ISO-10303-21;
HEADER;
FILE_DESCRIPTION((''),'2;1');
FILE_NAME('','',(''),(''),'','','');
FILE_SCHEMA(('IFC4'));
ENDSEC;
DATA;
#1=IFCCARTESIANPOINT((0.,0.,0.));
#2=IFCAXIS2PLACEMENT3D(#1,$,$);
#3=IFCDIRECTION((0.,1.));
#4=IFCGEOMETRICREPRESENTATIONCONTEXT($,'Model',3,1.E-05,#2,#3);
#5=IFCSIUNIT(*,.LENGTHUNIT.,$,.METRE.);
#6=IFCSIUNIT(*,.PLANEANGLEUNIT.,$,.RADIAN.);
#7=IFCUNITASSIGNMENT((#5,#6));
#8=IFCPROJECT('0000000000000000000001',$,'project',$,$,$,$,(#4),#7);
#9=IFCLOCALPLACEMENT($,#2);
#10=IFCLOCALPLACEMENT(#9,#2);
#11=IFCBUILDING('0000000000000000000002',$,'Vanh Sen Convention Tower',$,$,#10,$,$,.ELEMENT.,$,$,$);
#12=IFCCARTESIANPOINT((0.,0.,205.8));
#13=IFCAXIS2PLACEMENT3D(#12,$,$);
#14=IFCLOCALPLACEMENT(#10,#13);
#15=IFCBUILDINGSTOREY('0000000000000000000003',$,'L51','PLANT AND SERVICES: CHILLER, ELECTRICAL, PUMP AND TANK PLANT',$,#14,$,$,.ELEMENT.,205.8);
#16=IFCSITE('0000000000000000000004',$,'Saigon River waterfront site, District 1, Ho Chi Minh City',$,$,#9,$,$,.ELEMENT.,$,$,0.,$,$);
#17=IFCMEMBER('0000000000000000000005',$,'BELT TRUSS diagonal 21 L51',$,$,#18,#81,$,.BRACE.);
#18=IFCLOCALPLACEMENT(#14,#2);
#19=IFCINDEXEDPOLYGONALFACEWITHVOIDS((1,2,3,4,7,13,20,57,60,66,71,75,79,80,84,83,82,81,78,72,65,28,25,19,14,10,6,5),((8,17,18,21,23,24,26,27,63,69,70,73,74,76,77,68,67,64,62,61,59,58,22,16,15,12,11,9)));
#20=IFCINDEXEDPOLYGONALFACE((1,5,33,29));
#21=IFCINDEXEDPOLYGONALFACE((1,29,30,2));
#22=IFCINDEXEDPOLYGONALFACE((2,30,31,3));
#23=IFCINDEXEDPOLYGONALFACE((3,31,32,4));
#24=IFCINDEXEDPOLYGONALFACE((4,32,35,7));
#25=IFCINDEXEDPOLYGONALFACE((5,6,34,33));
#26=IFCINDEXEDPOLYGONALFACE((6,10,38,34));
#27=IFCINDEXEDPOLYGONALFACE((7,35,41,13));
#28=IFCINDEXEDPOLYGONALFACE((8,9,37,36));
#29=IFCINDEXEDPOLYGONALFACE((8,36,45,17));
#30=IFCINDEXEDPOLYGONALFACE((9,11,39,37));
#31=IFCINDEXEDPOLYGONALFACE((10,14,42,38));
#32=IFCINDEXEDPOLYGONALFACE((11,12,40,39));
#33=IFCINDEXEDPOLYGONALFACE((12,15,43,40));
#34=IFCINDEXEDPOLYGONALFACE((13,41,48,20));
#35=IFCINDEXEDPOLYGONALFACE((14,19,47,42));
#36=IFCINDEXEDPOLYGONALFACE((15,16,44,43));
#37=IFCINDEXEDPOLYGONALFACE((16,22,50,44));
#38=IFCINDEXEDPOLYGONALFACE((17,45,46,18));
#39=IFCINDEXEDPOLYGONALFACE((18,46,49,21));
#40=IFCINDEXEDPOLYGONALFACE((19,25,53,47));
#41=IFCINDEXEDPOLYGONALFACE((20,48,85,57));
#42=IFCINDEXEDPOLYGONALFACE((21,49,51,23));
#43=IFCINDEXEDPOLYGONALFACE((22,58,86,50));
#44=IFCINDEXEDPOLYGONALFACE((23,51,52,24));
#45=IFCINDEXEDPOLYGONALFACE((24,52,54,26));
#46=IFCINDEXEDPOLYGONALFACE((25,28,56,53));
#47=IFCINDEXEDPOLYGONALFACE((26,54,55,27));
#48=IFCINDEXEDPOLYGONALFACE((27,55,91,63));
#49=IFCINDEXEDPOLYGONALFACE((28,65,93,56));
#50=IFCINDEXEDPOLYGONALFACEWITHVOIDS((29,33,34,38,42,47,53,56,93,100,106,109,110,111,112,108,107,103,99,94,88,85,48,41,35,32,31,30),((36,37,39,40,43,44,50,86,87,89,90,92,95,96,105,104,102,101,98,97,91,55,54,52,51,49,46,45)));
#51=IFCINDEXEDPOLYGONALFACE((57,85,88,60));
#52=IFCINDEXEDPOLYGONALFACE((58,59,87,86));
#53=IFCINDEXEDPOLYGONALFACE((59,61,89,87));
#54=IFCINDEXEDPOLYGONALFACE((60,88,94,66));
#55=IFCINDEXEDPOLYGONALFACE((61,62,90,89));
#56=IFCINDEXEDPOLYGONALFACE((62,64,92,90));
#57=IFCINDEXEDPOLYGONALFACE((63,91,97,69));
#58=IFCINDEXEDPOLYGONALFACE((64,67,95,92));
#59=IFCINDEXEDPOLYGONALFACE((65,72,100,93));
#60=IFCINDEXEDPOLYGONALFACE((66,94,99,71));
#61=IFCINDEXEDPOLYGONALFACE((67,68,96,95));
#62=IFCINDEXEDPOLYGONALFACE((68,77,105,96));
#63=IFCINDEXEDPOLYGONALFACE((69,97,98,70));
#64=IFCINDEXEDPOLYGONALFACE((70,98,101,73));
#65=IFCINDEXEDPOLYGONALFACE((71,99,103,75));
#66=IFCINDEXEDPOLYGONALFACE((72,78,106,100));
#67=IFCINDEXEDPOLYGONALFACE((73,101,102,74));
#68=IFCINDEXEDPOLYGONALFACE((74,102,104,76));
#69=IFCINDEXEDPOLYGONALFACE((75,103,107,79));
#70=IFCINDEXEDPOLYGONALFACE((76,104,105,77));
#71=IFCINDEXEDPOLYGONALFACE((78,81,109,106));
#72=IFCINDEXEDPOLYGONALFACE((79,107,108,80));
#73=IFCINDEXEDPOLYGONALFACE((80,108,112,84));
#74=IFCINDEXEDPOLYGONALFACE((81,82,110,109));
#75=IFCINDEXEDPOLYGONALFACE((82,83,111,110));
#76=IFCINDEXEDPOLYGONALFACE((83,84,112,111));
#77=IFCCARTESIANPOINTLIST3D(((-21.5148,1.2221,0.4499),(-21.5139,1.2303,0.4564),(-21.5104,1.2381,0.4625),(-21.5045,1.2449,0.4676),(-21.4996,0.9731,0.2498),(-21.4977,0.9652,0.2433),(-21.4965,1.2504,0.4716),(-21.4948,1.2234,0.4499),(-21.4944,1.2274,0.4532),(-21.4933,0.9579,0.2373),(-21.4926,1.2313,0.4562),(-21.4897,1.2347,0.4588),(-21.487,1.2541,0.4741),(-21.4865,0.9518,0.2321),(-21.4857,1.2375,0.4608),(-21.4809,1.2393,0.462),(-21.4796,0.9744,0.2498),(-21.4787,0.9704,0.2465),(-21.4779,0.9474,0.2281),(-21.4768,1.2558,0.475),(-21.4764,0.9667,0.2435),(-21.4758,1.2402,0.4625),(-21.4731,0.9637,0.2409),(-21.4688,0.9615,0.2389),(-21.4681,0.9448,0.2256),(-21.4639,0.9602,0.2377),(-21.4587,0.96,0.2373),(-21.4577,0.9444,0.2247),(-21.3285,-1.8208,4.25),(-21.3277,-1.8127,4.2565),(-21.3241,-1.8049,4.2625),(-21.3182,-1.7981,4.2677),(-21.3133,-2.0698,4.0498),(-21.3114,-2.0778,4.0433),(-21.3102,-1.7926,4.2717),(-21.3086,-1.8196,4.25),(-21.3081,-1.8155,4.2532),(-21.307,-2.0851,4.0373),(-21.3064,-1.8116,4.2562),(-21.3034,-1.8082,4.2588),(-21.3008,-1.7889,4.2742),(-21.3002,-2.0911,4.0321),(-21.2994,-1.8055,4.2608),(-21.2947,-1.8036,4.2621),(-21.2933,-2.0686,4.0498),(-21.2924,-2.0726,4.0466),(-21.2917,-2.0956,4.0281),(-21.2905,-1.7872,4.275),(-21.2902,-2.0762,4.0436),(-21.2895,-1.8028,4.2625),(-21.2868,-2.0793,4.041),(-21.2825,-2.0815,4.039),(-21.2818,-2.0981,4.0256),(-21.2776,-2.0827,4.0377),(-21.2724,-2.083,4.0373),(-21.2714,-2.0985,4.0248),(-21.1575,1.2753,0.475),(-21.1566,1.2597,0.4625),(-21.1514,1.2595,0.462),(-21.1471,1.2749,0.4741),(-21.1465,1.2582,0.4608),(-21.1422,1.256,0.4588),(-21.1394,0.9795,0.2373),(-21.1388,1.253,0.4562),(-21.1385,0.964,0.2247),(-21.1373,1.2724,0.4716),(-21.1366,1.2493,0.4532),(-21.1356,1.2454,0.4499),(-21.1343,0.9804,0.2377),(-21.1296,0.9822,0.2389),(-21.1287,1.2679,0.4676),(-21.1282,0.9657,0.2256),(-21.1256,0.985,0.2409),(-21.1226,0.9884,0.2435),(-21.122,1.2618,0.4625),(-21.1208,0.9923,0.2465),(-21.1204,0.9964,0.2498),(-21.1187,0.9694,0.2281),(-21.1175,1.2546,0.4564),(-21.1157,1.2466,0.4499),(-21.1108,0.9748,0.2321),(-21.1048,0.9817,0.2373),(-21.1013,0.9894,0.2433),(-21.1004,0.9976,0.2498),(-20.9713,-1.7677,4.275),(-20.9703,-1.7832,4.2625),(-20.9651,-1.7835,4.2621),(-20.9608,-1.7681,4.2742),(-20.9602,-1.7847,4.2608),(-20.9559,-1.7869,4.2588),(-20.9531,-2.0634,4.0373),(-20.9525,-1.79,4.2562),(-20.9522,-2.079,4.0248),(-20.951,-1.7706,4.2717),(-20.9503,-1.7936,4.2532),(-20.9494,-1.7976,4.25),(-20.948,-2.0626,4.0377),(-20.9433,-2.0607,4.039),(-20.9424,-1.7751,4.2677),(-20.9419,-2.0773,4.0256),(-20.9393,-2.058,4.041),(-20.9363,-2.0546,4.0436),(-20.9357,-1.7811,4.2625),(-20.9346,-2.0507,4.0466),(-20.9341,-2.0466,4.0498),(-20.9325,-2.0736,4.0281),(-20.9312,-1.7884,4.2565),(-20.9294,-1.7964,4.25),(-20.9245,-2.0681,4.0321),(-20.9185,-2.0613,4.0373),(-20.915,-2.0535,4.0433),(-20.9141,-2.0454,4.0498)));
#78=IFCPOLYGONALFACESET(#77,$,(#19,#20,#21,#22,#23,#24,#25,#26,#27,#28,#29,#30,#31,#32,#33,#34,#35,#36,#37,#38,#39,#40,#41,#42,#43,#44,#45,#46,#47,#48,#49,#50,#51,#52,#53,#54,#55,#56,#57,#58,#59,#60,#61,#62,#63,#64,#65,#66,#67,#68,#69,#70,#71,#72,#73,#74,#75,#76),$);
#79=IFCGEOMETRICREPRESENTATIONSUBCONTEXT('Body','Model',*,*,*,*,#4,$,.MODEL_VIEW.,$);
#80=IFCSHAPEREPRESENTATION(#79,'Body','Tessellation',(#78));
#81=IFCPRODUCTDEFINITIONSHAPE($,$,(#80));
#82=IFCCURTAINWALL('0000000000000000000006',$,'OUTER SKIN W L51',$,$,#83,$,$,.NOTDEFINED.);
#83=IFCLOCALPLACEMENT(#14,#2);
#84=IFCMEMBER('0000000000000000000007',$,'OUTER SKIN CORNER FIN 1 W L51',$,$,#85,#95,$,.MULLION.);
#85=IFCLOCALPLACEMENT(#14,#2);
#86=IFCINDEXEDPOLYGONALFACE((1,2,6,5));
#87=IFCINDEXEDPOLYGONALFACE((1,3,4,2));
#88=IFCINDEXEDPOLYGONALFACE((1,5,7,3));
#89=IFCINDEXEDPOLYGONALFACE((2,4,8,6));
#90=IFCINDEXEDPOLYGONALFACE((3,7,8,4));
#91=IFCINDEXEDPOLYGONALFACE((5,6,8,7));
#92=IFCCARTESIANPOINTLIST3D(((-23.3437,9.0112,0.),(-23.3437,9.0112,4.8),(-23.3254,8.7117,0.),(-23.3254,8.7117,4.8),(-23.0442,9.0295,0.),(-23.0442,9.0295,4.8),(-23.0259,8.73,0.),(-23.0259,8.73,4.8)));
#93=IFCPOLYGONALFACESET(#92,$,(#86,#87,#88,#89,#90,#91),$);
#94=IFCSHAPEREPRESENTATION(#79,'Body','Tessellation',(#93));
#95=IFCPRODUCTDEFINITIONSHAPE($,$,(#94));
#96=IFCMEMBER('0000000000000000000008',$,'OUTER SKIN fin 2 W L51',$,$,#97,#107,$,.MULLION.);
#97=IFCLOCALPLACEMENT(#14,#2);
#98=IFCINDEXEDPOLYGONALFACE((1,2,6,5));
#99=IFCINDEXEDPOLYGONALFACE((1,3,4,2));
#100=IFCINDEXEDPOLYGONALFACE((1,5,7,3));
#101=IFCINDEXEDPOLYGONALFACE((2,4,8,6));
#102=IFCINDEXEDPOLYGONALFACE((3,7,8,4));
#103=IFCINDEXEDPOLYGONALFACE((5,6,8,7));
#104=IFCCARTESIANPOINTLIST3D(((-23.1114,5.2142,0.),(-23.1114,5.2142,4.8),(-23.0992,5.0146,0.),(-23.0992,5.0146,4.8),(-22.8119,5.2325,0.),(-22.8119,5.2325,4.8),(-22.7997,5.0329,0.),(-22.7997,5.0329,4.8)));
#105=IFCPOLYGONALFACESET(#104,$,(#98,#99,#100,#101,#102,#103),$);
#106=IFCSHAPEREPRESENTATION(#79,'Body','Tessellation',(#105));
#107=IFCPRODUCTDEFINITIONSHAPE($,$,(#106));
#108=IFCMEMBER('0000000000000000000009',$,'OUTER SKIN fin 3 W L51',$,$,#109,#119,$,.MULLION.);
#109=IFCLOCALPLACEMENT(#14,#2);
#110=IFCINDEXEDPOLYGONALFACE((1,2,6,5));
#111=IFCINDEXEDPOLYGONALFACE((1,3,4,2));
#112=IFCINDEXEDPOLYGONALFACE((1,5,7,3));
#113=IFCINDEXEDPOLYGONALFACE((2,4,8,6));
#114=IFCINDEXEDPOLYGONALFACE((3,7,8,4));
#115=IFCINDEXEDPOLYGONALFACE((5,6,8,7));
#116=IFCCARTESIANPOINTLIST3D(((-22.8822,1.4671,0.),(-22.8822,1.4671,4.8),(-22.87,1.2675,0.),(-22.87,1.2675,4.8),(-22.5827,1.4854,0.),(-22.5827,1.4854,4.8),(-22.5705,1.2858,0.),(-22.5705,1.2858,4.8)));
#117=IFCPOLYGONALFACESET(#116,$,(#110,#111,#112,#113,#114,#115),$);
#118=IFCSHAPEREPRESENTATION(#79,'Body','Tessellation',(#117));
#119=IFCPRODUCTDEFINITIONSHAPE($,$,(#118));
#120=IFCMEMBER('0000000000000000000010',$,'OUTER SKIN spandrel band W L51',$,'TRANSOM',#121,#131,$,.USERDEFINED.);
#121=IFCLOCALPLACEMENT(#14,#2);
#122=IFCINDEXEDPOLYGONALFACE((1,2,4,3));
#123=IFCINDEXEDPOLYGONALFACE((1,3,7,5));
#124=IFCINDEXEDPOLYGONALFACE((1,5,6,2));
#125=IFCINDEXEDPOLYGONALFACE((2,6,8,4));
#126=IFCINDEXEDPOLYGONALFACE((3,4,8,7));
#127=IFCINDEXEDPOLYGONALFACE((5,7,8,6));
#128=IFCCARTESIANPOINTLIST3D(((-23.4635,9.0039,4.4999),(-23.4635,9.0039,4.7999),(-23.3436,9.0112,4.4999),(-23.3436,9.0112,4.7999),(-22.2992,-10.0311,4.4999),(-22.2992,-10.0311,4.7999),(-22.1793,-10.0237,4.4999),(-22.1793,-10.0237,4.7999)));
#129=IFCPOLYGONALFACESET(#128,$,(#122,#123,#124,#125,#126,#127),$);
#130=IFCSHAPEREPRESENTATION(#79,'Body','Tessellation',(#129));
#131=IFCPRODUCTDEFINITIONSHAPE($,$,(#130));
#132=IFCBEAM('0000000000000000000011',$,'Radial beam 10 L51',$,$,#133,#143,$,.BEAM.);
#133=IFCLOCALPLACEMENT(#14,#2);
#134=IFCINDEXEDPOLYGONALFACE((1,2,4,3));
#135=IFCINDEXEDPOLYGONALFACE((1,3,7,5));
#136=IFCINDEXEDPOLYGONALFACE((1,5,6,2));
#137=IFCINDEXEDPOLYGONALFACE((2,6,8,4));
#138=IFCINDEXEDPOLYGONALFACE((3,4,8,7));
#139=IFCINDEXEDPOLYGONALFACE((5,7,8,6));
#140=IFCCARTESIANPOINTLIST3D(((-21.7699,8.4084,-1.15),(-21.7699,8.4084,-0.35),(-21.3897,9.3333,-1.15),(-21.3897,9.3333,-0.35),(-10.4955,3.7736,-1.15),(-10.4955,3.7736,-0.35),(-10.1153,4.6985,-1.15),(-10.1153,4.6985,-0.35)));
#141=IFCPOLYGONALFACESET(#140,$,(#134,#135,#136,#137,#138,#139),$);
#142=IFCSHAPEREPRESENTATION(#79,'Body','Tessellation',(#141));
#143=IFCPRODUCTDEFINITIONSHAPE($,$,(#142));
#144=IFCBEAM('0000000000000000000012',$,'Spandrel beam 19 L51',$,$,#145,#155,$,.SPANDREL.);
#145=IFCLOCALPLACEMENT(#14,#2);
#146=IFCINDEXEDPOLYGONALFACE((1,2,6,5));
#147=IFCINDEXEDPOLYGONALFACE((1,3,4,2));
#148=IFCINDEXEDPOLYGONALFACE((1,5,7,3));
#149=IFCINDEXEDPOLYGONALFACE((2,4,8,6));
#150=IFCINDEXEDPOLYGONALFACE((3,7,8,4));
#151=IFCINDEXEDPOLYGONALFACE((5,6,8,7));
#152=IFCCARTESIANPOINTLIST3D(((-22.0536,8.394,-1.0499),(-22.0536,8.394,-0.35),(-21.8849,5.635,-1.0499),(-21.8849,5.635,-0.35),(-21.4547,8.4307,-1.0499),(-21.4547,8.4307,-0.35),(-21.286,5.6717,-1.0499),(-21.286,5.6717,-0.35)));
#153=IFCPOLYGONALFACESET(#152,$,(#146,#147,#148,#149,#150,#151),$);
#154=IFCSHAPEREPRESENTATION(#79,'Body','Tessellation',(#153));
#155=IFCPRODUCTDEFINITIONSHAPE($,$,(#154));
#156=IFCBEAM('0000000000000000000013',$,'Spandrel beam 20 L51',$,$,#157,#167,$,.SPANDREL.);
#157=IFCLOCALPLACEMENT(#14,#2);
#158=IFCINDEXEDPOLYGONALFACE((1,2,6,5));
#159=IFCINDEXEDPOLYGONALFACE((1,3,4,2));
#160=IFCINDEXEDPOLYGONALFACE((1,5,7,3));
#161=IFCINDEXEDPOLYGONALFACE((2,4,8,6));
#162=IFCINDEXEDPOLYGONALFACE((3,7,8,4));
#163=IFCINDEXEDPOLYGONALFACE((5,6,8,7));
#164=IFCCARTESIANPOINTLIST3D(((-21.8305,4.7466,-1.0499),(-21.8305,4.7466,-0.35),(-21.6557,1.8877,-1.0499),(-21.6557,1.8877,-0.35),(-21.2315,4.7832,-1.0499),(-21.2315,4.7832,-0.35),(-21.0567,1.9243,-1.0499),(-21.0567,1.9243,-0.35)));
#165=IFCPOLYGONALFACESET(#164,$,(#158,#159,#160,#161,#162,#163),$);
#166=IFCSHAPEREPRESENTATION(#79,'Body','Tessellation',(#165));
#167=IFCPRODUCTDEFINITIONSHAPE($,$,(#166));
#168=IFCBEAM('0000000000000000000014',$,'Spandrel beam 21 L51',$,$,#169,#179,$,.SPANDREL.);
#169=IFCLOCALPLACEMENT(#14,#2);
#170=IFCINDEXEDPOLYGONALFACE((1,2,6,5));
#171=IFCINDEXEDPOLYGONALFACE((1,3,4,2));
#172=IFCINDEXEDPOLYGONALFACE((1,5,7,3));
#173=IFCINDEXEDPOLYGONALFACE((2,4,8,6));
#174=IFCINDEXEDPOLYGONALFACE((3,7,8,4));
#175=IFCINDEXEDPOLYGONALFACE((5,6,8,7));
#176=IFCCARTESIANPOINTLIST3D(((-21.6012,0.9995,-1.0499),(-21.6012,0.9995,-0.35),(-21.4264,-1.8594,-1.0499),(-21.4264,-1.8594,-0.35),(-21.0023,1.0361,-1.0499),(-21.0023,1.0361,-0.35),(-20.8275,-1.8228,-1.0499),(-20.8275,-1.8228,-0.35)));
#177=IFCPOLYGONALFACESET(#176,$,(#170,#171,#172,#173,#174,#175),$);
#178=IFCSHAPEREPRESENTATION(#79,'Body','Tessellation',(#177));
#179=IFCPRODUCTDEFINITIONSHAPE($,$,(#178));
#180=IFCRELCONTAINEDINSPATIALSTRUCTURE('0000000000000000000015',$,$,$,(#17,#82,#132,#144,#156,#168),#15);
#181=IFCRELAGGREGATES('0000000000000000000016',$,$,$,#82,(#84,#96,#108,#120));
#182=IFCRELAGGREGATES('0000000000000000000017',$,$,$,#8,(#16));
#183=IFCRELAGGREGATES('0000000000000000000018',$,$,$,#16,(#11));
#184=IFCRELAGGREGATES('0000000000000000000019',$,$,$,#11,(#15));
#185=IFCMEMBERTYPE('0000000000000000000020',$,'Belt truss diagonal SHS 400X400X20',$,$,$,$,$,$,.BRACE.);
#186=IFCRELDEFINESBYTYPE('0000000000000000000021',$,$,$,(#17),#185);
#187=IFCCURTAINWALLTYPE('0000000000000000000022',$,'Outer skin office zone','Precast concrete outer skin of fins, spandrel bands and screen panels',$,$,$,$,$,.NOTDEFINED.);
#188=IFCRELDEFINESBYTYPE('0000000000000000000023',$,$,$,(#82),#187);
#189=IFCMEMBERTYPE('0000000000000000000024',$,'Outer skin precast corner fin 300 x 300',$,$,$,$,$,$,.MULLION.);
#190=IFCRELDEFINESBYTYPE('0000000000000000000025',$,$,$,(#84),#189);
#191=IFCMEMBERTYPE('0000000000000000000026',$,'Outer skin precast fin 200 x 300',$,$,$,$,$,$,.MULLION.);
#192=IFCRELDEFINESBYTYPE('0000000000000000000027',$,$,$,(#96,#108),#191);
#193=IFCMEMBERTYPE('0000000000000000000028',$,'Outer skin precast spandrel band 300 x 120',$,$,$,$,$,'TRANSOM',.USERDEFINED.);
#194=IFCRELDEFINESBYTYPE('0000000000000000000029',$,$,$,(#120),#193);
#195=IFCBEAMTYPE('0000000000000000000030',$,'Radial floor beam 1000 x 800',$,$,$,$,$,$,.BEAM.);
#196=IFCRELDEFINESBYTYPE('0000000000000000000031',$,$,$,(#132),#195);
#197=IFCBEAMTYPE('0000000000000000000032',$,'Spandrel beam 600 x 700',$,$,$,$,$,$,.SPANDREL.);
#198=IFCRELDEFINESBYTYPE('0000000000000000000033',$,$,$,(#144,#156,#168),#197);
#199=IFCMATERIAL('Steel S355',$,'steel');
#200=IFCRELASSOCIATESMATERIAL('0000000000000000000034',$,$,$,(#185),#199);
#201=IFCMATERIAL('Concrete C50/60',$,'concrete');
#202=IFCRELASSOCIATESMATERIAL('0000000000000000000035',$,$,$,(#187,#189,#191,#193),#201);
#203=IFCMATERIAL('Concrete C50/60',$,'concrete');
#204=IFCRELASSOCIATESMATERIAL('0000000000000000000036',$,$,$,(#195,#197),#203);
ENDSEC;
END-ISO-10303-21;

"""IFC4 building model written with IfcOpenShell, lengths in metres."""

from ifc_helpers import new_model, si_unit, direction, frame, origin, origin_2d, place, context, subcontext, project, spatial, rectangle, hollow_rectangle, extrude, material, material_profile, profile_set, type_object, element, aggregate, save


model = new_model("IFC4")

# Units and contexts
model_context = context("Model", 3, precision=1e-05, world=origin(), true_north=direction((0.0, 1.0)))
body_context = subcontext(model_context, "Body", "Model", "MODEL_VIEW")
ifc_project = project(units=[si_unit("LENGTHUNIT", "METRE"), si_unit("PLANEANGLEUNIT", "RADIAN")], contexts=[model_context])

# Site, building, storey
site_placement = place(None, origin())
site = spatial("IfcSite", under=ifc_project, at=site_placement, Name="Saigon River waterfront site, District 1, Ho Chi Minh City", CompositionType="ELEMENT", RefElevation=0.0)
building_placement = place(site_placement, origin())
building = spatial("IfcBuilding", under=site, at=building_placement, Name="Vanh Sen Convention Tower", CompositionType="ELEMENT")
storey_placement = place(building_placement, frame((0.0, 0.0, 205.8)))
storey = spatial("IfcBuildingStorey", under=building, at=storey_placement, Name="L51", Description="PLANT AND SERVICES: CHILLER, ELECTRICAL, PUMP AND TANK PLANT", CompositionType="ELEMENT", Elevation=205.8)

# Member
ifc_material_1 = material(Name="Steel S355", Category="steel")
ifc_material_profile_1 = material_profile(ifc_material_1, hollow_rectangle(XDim=0.3999, YDim=0.3999, WallThickness=0.02, InnerFilletRadius=0.02, OuterFilletRadius=0.04, at=origin_2d()), Name="SHS 400X400X20")
ifc_profile_set_1 = profile_set([ifc_material_profile_1], Name="Steel S355")
member_type_1 = type_object("IfcMemberType", Name="Belt truss diagonal SHS 400X400X20", PredefinedType="BRACE", material=ifc_profile_set_1)
member_1_placement = place(storey_placement, frame((-21.3076, 1.1099, 0.3499), z_axis=(0.038236, -0.624605, 0.780004), x_axis=(0.998132, 0.061102, 0.0)))
element("IfcMember", 1, at=member_1_placement, inside=storey, type_object=member_type_1, Name="BELT TRUSS diagonal 21 L51", PredefinedType="BRACE", context=body_context, shape_type="SweptSolid", body=[
    extrude(hollow_rectangle(XDim=0.3999, YDim=0.3999, WallThickness=0.02, InnerFilletRadius=0.02, OuterFilletRadius=0.04, at=origin_2d()), origin(), (0.0, 0.0, 1.0), 4.8718),
])

# Curtain wall, members
ifc_material_2 = material(Name="Concrete C50/60", Category="concrete")
curtain_wall_type = type_object("IfcCurtainWallType", Name="Outer skin office zone", Description="Precast concrete outer skin of fins, spandrel bands and screen panels", PredefinedType="NOTDEFINED", material=ifc_material_2)
curtain_wall_1_placement = place(storey_placement, origin())
curtain_wall_1 = element("IfcCurtainWall", 2, at=curtain_wall_1_placement, inside=storey, type_object=curtain_wall_type, Name="OUTER SKIN W L51", PredefinedType="NOTDEFINED")
ifc_material_profile_2 = material_profile(ifc_material_2, rectangle(XDim=0.3, YDim=0.3, at=origin_2d()), Name="Outer skin precast corner fin 300 x 300")
ifc_profile_set_2 = profile_set([ifc_material_profile_2], Name="Concrete C50/60")
member_type_2 = type_object("IfcMemberType", Name="Outer skin precast corner fin 300 x 300", PredefinedType="MULLION", material=ifc_profile_set_2)
member_2_placement = place(storey_placement, frame((-23.1848, 8.8706, 0.0), z_axis=(0.0, 0.0, 1.0), x_axis=(0.061049, -0.998135, 0.0)))
member_2 = element("IfcMember", 3, at=member_2_placement, type_object=member_type_2, Name="OUTER SKIN CORNER FIN 1 W L51", PredefinedType="MULLION", context=body_context, shape_type="SweptSolid", body=[
    extrude(rectangle(XDim=0.3, YDim=0.3, at=origin_2d()), origin(), (0.0, 0.0, 1.0), 4.8),
])
ifc_material_profile_3 = material_profile(ifc_material_2, rectangle(XDim=0.2, YDim=0.3, at=origin_2d()), Name="Outer skin precast fin 200 x 300")
ifc_profile_set_3 = profile_set([ifc_material_profile_3], Name="Concrete C50/60")
member_type_3 = type_object("IfcMemberType", Name="Outer skin precast fin 200 x 300", PredefinedType="MULLION", material=ifc_profile_set_3)
member_3_placement = place(storey_placement, frame((-22.9556, 5.1235, 0.0), z_axis=(0.0, 0.0, 1.0), x_axis=(0.061049, -0.998135, 0.0)))
member_3 = element("IfcMember", 4, at=member_3_placement, type_object=member_type_3, Name="OUTER SKIN fin 2 W L51", PredefinedType="MULLION", context=body_context, shape_type="SweptSolid", body=[
    extrude(rectangle(XDim=0.2, YDim=0.3, at=origin_2d()), origin(), (0.0, 0.0, 1.0), 4.8),
])
member_4_placement = place(storey_placement, frame((-22.7263, 1.3765, 0.0), z_axis=(0.0, 0.0, 1.0), x_axis=(0.061049, -0.998135, 0.0)))
member_4 = element("IfcMember", 5, at=member_4_placement, type_object=member_type_3, Name="OUTER SKIN fin 3 W L51", PredefinedType="MULLION", context=body_context, shape_type="SweptSolid", body=[
    extrude(rectangle(XDim=0.2, YDim=0.3, at=origin_2d()), origin(), (0.0, 0.0, 1.0), 4.8),
])
ifc_material_profile_4 = material_profile(ifc_material_2, rectangle(XDim=0.1201, YDim=0.3, at=origin_2d()), Name="Outer skin precast spandrel band 300 x 120")
ifc_profile_set_4 = profile_set([ifc_material_profile_4], Name="Concrete C50/60")
member_type_4 = type_object("IfcMemberType", Name="Outer skin precast spandrel band 300 x 120", ElementType="TRANSOM", PredefinedType="USERDEFINED", material=ifc_profile_set_4)
member_5_placement = place(storey_placement, frame((-23.4036, 9.0076, 4.6499), z_axis=(0.061053, -0.998135, 0.0), x_axis=(0.998135, 0.061053, 0.0)))
member_5 = element("IfcMember", 6, at=member_5_placement, type_object=member_type_4, Name="OUTER SKIN spandrel band W L51", ObjectType="TRANSOM", PredefinedType="USERDEFINED", context=body_context, shape_type="SweptSolid", body=[
    extrude(rectangle(XDim=0.1201, YDim=0.3, at=origin_2d()), origin(), (0.0, 0.0, 1.0), 19.0706),
])

# Beams
ifc_material_3 = material(Name="Concrete C50/60", Category="concrete")
ifc_material_profile_5 = material_profile(ifc_material_3, rectangle(XDim=1.0, YDim=0.8, at=origin_2d()), Name="RC 1000X800")
ifc_profile_set_5 = profile_set([ifc_material_profile_5], Name="Concrete C50/60")
beam_type_1 = type_object("IfcBeamType", Name="Radial floor beam 1000 x 800", PredefinedType="BEAM", material=ifc_profile_set_5)
beam_1_placement = place(storey_placement, frame((-21.5798, 8.8708, -0.75), z_axis=(0.924899, -0.380214, 0.0), x_axis=(0.380214, 0.924899, 0.0)))
element("IfcBeam", 7, at=beam_1_placement, inside=storey, type_object=beam_type_1, Name="Radial beam 10 L51", PredefinedType="BEAM", context=body_context, shape_type="SweptSolid", body=[
    extrude(rectangle(XDim=1.0, YDim=0.8, at=origin_2d()), origin(), (0.0, 0.0, 1.0), 12.1899),
])
ifc_material_profile_6 = material_profile(ifc_material_3, rectangle(XDim=0.6001, YDim=0.7, at=origin_2d()), Name="RC 600X700")
ifc_profile_set_6 = profile_set([ifc_material_profile_6], Name="Concrete C50/60")
beam_type_2 = type_object("IfcBeamType", Name="Spandrel beam 600 x 700", PredefinedType="SPANDREL", material=ifc_profile_set_6)
beam_2_placement = place(storey_placement, frame((-21.7542, 8.4124, -0.7), z_axis=(0.061031, -0.998136, 0.0), x_axis=(0.998136, 0.061031, 0.0)))
element("IfcBeam", 8, at=beam_2_placement, inside=storey, type_object=beam_type_2, Name="Spandrel beam 19 L51", PredefinedType="SPANDREL", context=body_context, shape_type="SweptSolid", body=[
    extrude(rectangle(XDim=0.6001, YDim=0.7, at=origin_2d()), origin(), (0.0, 0.0, 1.0), 2.7642),
])
for number, where, z_axis, x_axis, name in (
    (9, (-21.531, 4.7649, -0.7), (0.06103, -0.998136, 0.0), (0.998136, 0.06103, 0.0), "Spandrel beam 20 L51"),
    (10, (-21.3018, 1.0178, -0.7), (0.06103, -0.998136, 0.0), (0.998136, 0.06103, 0.0), "Spandrel beam 21 L51"),
):
    element("IfcBeam", number, at=place(storey_placement, frame(where, z_axis=z_axis, x_axis=x_axis)), inside=storey, type_object=beam_type_2, Name=name, PredefinedType="SPANDREL", context=body_context, shape_type="SweptSolid", body=[
        extrude(rectangle(XDim=0.6001, YDim=0.7, at=origin_2d()), origin(), (0.0, 0.0, 1.0), 2.8643),
    ])

aggregate(curtain_wall_1, [member_2, member_3, member_4, member_5])

save(model, "model.ifc")
